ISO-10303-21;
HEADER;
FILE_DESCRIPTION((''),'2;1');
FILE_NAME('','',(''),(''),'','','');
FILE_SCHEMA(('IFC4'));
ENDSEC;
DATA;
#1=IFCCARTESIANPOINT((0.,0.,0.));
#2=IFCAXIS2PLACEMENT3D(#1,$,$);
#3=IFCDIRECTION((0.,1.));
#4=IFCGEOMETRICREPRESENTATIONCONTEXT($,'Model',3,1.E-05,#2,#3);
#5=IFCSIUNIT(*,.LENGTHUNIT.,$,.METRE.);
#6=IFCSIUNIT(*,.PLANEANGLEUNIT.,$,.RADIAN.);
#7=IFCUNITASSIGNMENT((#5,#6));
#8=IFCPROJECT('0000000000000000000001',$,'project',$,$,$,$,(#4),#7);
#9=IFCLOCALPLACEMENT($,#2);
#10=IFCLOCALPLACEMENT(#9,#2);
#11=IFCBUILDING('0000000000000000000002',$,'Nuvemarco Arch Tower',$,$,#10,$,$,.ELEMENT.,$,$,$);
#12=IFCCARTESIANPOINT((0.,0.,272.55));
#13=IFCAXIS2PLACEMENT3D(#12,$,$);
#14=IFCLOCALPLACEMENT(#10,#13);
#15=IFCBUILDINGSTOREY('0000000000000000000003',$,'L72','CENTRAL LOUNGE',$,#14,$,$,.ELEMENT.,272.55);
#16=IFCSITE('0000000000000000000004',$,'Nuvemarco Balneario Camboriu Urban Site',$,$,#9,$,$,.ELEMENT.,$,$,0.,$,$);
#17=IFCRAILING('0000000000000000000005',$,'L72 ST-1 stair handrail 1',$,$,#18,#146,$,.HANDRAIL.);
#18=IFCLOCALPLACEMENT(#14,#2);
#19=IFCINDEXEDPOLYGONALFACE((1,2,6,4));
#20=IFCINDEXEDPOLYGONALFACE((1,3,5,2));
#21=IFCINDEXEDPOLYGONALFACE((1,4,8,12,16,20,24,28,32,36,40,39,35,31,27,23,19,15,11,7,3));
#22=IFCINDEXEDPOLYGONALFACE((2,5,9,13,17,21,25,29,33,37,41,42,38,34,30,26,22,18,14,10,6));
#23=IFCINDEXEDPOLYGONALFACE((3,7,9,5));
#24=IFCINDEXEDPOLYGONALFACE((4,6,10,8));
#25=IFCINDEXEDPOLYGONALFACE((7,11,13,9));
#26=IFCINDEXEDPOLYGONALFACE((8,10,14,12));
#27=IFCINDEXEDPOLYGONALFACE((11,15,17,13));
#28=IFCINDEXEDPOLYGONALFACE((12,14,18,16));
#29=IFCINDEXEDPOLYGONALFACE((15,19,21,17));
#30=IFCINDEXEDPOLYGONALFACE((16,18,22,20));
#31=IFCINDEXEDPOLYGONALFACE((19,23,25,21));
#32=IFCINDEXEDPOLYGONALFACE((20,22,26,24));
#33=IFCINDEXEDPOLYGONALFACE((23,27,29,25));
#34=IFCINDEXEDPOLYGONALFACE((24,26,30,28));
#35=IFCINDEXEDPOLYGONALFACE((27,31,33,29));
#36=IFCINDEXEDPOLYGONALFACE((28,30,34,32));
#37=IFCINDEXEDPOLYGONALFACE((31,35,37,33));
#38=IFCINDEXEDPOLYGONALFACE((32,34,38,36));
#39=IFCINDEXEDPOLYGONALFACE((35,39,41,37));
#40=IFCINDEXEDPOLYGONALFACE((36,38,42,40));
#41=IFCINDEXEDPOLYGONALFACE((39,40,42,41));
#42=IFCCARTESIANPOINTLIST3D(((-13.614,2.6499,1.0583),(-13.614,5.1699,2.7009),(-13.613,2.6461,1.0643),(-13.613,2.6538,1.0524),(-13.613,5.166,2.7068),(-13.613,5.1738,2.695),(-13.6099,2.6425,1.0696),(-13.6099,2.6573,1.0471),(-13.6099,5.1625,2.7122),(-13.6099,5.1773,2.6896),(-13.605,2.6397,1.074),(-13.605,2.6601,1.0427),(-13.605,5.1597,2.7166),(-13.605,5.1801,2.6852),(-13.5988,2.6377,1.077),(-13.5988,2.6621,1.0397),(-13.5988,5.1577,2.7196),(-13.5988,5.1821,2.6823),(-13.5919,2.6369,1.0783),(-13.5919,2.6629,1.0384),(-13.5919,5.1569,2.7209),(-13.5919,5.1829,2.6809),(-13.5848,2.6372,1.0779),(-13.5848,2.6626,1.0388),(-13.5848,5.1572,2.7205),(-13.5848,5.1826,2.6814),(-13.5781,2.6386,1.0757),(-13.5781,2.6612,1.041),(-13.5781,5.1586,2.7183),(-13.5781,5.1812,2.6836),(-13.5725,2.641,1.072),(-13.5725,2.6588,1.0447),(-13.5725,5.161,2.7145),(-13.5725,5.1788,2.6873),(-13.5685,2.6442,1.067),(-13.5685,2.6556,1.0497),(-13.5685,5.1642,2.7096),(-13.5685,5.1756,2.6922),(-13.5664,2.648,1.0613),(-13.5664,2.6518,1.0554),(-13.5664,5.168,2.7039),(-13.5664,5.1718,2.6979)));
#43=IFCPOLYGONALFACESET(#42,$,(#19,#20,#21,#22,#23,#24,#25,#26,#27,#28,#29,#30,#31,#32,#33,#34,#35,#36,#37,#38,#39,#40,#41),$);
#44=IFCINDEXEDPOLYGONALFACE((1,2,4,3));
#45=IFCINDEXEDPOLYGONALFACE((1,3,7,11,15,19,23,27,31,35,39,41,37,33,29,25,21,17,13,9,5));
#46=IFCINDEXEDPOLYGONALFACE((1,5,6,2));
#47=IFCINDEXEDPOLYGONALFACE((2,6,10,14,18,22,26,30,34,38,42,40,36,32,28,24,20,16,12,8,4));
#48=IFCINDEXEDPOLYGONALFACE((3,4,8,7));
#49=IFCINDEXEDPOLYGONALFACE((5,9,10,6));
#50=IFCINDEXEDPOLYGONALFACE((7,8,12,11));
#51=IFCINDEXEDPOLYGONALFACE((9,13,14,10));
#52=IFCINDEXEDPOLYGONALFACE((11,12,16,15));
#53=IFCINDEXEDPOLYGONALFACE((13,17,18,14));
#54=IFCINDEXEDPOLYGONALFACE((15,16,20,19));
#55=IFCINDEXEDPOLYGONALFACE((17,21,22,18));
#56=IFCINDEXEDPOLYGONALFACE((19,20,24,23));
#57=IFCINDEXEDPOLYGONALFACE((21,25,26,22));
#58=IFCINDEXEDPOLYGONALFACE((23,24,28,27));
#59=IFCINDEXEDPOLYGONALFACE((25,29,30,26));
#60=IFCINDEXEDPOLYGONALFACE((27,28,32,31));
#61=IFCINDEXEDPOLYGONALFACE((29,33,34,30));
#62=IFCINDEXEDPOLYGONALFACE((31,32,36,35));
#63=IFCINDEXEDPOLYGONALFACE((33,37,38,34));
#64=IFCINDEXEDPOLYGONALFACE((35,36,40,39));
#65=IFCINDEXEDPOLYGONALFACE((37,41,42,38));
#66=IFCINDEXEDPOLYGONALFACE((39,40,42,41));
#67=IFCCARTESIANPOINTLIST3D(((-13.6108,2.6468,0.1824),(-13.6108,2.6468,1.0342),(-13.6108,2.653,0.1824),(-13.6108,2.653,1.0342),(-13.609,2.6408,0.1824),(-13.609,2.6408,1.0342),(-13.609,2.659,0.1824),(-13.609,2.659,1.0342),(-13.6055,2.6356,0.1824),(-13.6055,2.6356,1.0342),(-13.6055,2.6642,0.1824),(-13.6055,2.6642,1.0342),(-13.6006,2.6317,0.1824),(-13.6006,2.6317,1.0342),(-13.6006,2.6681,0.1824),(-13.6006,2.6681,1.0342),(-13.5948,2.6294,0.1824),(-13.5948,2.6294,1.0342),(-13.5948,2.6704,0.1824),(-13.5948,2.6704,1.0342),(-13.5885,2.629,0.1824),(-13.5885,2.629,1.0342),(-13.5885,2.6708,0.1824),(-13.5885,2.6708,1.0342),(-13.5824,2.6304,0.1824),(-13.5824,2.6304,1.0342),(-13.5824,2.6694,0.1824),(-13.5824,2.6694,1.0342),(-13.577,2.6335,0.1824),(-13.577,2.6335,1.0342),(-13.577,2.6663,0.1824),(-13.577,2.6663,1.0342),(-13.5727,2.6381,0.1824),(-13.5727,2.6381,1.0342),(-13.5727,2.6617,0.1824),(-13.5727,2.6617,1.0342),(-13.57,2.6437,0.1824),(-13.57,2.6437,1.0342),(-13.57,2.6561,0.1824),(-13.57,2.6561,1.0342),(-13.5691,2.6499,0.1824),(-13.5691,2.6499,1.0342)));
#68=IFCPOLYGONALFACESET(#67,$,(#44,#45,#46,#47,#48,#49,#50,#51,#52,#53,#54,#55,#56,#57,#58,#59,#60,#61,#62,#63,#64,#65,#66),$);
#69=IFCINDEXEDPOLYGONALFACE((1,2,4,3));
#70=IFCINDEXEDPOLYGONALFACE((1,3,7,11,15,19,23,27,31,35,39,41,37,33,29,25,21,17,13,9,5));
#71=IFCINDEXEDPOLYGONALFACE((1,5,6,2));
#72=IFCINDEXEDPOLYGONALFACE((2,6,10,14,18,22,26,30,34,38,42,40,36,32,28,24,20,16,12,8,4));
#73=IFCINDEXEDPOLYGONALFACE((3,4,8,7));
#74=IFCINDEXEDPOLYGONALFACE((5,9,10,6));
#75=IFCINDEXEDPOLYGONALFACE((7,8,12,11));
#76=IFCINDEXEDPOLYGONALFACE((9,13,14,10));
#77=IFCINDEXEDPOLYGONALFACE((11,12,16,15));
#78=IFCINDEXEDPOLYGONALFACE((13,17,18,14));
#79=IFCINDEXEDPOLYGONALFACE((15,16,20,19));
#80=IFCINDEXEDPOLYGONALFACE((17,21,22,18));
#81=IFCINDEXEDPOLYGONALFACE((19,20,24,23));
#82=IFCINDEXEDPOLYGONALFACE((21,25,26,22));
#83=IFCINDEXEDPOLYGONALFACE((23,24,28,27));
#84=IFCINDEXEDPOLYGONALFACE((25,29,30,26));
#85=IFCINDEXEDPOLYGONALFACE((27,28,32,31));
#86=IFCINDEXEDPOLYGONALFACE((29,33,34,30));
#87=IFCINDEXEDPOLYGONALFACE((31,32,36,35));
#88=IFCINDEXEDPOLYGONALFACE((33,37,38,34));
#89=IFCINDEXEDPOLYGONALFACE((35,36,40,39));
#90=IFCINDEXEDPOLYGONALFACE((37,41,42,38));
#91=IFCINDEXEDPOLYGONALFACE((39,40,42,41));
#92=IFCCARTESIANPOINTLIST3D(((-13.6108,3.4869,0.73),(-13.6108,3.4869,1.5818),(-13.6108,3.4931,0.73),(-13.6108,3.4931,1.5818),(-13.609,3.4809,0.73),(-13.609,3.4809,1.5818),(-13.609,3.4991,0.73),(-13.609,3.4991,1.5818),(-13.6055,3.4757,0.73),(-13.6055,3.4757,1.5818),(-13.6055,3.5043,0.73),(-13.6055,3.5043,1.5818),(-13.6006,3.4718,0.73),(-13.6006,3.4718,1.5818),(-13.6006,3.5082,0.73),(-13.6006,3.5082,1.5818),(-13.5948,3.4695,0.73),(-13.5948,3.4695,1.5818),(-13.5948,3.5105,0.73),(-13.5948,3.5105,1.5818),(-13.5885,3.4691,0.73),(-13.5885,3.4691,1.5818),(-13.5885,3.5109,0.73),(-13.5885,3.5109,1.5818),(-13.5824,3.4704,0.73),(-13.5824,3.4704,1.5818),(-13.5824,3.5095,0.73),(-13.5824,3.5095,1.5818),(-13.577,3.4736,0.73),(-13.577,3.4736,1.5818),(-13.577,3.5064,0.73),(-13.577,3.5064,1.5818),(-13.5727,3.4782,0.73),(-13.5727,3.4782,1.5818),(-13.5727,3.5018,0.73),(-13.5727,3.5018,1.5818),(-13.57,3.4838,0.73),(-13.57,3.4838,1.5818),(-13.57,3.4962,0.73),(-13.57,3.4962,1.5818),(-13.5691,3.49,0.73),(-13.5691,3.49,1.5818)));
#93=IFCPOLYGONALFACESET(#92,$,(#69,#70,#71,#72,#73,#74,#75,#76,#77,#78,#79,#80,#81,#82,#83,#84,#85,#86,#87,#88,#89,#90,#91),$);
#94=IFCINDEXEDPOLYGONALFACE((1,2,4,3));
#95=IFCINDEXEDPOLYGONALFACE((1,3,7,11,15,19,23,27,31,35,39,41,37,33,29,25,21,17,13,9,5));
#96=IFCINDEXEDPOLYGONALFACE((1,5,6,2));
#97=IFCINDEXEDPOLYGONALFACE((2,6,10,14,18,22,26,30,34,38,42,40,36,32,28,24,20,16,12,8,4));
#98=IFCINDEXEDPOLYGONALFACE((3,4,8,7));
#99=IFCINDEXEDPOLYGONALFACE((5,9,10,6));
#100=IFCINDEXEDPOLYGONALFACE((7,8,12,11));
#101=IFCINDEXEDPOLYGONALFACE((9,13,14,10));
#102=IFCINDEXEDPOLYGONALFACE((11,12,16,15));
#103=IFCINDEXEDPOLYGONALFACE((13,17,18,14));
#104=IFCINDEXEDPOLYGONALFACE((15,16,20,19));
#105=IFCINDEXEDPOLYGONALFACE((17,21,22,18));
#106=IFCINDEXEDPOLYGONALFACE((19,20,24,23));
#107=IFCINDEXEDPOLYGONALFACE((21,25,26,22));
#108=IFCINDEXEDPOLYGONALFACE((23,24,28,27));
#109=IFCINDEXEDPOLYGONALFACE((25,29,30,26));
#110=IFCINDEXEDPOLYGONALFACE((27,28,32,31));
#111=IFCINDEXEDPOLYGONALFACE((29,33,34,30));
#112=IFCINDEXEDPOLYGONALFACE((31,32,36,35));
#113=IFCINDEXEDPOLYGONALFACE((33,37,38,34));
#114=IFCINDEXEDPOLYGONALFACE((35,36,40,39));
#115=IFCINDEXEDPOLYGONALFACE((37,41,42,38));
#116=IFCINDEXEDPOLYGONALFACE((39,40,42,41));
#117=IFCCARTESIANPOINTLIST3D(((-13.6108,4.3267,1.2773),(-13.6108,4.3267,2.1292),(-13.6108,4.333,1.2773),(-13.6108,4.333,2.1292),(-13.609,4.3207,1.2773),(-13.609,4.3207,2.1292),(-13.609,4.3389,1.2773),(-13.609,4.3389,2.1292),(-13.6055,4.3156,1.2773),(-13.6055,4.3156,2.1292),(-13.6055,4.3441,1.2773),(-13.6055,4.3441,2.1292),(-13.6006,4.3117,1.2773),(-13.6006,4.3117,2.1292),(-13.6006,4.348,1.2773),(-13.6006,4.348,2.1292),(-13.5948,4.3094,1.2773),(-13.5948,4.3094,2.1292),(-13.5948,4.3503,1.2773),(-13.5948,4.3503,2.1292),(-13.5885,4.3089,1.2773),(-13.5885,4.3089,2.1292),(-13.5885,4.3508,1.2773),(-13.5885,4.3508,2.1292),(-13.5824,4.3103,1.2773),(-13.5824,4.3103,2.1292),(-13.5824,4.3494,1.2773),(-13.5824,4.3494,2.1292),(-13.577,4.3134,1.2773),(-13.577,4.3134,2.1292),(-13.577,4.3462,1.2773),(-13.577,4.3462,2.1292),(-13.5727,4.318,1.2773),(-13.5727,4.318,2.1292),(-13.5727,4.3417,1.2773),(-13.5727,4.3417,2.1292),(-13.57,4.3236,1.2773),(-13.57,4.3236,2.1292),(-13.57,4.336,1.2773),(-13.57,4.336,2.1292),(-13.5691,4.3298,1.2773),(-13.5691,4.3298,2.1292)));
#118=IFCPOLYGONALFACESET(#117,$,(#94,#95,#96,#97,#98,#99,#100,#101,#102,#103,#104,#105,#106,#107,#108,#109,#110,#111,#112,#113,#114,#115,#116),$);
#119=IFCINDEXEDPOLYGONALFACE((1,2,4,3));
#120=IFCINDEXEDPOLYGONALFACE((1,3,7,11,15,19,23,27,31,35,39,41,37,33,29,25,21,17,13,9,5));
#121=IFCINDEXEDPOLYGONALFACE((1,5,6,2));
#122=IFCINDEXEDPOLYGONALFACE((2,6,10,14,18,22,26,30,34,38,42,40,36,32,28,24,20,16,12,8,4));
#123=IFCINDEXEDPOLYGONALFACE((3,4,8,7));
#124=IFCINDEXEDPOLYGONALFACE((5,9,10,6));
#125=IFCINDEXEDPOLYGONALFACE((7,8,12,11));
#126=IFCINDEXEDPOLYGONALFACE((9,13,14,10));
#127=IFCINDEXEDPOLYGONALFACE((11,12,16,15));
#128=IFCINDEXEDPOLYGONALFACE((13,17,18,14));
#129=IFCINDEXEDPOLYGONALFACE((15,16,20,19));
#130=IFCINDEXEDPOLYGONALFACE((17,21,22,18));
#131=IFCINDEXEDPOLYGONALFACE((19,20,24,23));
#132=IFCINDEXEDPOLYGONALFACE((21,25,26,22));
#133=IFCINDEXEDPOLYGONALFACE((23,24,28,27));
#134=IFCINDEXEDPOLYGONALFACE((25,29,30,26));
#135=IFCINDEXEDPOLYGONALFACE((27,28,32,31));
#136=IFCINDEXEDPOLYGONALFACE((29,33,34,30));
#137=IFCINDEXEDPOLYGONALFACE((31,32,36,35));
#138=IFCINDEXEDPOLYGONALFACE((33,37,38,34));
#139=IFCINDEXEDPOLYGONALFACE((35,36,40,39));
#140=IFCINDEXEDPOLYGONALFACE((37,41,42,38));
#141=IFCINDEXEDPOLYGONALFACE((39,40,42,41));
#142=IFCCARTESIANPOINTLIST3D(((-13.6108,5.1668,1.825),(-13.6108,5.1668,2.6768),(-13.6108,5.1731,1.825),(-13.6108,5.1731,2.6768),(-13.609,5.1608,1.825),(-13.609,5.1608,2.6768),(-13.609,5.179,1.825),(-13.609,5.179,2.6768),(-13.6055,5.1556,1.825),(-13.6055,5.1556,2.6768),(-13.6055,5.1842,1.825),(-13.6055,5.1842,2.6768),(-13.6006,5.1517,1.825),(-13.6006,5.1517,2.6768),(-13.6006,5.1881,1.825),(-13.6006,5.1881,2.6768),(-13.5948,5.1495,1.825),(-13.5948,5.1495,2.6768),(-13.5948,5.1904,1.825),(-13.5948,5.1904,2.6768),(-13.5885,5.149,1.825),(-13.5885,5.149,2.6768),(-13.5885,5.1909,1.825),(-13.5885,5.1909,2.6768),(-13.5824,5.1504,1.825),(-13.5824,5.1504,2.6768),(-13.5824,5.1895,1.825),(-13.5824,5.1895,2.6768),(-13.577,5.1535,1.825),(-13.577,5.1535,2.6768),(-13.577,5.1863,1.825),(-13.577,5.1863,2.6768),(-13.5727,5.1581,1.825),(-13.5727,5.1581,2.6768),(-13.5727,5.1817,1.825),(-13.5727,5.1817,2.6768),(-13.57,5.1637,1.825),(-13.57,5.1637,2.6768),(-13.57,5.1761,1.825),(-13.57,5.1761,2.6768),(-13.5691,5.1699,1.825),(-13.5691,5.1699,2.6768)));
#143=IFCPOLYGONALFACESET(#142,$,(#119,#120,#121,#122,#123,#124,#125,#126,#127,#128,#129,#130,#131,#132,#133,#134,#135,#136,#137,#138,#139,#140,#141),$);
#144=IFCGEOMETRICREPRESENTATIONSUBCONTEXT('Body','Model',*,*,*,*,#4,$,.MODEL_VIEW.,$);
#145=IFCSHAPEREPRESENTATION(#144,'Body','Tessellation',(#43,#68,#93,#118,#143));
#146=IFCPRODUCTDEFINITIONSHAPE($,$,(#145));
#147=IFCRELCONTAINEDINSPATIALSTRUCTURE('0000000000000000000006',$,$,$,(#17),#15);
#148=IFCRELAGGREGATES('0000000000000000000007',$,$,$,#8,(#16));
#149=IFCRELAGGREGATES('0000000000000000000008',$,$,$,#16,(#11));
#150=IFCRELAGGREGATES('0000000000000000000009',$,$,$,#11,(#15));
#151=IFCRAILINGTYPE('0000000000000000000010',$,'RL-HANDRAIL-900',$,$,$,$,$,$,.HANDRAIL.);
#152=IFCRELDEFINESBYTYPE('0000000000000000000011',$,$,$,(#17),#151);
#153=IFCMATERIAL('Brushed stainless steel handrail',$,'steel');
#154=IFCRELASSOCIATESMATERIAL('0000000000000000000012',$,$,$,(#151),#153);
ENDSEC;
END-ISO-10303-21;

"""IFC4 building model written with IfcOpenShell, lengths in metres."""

from ifc_helpers import new_model, si_unit, direction, frame, origin, origin_2d, place, context, subcontext, project, spatial, circle, extrude, material, type_object, element, save


model = new_model("IFC4")

# Units and contexts
model_context = context("Model", 3, precision=1e-05, world=origin(), true_north=direction((0.0, 1.0)))
body_context = subcontext(model_context, "Body", "Model", "MODEL_VIEW")
ifc_project = project(units=[si_unit("LENGTHUNIT", "METRE"), si_unit("PLANEANGLEUNIT", "RADIAN")], contexts=[model_context])

# Site, building, storey
site_placement = place(None, origin())
site = spatial("IfcSite", under=ifc_project, at=site_placement, Name="Nuvemarco Balneario Camboriu Urban Site", CompositionType="ELEMENT", RefElevation=0.0)
building_placement = place(site_placement, origin())
building = spatial("IfcBuilding", under=site, at=building_placement, Name="Nuvemarco Arch Tower", CompositionType="ELEMENT")
storey_placement = place(building_placement, frame((0.0, 0.0, 272.55)))
storey = spatial("IfcBuildingStorey", under=building, at=storey_placement, Name="L72", Description="CENTRAL LOUNGE", CompositionType="ELEMENT", Elevation=272.55)

# Railing
ifc_material_1 = material(Name="Brushed stainless steel handrail", Category="steel")
railing_type_1 = type_object("IfcRailingType", Name="RL-HANDRAIL-900", PredefinedType="HANDRAIL", material=ifc_material_1)
railing_1_placement = place(storey_placement, frame((-13.5901, 2.6499, 0.1824)))
element("IfcRailing", 1, at=railing_1_placement, inside=storey, type_object=railing_type_1, Name="L72 ST-1 stair handrail 1", PredefinedType="HANDRAIL", context=body_context, shape_type="SweptSolid", body=[
    extrude(circle(Radius=0.0239, at=origin_2d()), frame((0.0, 0.0, 0.876), z_axis=(0.0, 0.837749, 0.546055), x_axis=(-1.0, 0.0, 0.0)), (0.0, 0.0, 1.0), 3.0081),
    extrude(circle(Radius=0.021, at=origin_2d()), origin(), (0.0, 0.0, 1.0), 0.8518),
    extrude(circle(Radius=0.021, at=origin_2d()), frame((0.0, 0.8401, 0.5476)), (0.0, 0.0, 1.0), 0.8518),
    extrude(circle(Radius=0.021, at=origin_2d()), frame((0.0, 1.6799, 1.095)), (0.0, 0.0, 1.0), 0.8518),
    extrude(circle(Radius=0.021, at=origin_2d()), frame((0.0, 2.52, 1.6426)), (0.0, 0.0, 1.0), 0.8518),
])

save(model, "model.ifc")
